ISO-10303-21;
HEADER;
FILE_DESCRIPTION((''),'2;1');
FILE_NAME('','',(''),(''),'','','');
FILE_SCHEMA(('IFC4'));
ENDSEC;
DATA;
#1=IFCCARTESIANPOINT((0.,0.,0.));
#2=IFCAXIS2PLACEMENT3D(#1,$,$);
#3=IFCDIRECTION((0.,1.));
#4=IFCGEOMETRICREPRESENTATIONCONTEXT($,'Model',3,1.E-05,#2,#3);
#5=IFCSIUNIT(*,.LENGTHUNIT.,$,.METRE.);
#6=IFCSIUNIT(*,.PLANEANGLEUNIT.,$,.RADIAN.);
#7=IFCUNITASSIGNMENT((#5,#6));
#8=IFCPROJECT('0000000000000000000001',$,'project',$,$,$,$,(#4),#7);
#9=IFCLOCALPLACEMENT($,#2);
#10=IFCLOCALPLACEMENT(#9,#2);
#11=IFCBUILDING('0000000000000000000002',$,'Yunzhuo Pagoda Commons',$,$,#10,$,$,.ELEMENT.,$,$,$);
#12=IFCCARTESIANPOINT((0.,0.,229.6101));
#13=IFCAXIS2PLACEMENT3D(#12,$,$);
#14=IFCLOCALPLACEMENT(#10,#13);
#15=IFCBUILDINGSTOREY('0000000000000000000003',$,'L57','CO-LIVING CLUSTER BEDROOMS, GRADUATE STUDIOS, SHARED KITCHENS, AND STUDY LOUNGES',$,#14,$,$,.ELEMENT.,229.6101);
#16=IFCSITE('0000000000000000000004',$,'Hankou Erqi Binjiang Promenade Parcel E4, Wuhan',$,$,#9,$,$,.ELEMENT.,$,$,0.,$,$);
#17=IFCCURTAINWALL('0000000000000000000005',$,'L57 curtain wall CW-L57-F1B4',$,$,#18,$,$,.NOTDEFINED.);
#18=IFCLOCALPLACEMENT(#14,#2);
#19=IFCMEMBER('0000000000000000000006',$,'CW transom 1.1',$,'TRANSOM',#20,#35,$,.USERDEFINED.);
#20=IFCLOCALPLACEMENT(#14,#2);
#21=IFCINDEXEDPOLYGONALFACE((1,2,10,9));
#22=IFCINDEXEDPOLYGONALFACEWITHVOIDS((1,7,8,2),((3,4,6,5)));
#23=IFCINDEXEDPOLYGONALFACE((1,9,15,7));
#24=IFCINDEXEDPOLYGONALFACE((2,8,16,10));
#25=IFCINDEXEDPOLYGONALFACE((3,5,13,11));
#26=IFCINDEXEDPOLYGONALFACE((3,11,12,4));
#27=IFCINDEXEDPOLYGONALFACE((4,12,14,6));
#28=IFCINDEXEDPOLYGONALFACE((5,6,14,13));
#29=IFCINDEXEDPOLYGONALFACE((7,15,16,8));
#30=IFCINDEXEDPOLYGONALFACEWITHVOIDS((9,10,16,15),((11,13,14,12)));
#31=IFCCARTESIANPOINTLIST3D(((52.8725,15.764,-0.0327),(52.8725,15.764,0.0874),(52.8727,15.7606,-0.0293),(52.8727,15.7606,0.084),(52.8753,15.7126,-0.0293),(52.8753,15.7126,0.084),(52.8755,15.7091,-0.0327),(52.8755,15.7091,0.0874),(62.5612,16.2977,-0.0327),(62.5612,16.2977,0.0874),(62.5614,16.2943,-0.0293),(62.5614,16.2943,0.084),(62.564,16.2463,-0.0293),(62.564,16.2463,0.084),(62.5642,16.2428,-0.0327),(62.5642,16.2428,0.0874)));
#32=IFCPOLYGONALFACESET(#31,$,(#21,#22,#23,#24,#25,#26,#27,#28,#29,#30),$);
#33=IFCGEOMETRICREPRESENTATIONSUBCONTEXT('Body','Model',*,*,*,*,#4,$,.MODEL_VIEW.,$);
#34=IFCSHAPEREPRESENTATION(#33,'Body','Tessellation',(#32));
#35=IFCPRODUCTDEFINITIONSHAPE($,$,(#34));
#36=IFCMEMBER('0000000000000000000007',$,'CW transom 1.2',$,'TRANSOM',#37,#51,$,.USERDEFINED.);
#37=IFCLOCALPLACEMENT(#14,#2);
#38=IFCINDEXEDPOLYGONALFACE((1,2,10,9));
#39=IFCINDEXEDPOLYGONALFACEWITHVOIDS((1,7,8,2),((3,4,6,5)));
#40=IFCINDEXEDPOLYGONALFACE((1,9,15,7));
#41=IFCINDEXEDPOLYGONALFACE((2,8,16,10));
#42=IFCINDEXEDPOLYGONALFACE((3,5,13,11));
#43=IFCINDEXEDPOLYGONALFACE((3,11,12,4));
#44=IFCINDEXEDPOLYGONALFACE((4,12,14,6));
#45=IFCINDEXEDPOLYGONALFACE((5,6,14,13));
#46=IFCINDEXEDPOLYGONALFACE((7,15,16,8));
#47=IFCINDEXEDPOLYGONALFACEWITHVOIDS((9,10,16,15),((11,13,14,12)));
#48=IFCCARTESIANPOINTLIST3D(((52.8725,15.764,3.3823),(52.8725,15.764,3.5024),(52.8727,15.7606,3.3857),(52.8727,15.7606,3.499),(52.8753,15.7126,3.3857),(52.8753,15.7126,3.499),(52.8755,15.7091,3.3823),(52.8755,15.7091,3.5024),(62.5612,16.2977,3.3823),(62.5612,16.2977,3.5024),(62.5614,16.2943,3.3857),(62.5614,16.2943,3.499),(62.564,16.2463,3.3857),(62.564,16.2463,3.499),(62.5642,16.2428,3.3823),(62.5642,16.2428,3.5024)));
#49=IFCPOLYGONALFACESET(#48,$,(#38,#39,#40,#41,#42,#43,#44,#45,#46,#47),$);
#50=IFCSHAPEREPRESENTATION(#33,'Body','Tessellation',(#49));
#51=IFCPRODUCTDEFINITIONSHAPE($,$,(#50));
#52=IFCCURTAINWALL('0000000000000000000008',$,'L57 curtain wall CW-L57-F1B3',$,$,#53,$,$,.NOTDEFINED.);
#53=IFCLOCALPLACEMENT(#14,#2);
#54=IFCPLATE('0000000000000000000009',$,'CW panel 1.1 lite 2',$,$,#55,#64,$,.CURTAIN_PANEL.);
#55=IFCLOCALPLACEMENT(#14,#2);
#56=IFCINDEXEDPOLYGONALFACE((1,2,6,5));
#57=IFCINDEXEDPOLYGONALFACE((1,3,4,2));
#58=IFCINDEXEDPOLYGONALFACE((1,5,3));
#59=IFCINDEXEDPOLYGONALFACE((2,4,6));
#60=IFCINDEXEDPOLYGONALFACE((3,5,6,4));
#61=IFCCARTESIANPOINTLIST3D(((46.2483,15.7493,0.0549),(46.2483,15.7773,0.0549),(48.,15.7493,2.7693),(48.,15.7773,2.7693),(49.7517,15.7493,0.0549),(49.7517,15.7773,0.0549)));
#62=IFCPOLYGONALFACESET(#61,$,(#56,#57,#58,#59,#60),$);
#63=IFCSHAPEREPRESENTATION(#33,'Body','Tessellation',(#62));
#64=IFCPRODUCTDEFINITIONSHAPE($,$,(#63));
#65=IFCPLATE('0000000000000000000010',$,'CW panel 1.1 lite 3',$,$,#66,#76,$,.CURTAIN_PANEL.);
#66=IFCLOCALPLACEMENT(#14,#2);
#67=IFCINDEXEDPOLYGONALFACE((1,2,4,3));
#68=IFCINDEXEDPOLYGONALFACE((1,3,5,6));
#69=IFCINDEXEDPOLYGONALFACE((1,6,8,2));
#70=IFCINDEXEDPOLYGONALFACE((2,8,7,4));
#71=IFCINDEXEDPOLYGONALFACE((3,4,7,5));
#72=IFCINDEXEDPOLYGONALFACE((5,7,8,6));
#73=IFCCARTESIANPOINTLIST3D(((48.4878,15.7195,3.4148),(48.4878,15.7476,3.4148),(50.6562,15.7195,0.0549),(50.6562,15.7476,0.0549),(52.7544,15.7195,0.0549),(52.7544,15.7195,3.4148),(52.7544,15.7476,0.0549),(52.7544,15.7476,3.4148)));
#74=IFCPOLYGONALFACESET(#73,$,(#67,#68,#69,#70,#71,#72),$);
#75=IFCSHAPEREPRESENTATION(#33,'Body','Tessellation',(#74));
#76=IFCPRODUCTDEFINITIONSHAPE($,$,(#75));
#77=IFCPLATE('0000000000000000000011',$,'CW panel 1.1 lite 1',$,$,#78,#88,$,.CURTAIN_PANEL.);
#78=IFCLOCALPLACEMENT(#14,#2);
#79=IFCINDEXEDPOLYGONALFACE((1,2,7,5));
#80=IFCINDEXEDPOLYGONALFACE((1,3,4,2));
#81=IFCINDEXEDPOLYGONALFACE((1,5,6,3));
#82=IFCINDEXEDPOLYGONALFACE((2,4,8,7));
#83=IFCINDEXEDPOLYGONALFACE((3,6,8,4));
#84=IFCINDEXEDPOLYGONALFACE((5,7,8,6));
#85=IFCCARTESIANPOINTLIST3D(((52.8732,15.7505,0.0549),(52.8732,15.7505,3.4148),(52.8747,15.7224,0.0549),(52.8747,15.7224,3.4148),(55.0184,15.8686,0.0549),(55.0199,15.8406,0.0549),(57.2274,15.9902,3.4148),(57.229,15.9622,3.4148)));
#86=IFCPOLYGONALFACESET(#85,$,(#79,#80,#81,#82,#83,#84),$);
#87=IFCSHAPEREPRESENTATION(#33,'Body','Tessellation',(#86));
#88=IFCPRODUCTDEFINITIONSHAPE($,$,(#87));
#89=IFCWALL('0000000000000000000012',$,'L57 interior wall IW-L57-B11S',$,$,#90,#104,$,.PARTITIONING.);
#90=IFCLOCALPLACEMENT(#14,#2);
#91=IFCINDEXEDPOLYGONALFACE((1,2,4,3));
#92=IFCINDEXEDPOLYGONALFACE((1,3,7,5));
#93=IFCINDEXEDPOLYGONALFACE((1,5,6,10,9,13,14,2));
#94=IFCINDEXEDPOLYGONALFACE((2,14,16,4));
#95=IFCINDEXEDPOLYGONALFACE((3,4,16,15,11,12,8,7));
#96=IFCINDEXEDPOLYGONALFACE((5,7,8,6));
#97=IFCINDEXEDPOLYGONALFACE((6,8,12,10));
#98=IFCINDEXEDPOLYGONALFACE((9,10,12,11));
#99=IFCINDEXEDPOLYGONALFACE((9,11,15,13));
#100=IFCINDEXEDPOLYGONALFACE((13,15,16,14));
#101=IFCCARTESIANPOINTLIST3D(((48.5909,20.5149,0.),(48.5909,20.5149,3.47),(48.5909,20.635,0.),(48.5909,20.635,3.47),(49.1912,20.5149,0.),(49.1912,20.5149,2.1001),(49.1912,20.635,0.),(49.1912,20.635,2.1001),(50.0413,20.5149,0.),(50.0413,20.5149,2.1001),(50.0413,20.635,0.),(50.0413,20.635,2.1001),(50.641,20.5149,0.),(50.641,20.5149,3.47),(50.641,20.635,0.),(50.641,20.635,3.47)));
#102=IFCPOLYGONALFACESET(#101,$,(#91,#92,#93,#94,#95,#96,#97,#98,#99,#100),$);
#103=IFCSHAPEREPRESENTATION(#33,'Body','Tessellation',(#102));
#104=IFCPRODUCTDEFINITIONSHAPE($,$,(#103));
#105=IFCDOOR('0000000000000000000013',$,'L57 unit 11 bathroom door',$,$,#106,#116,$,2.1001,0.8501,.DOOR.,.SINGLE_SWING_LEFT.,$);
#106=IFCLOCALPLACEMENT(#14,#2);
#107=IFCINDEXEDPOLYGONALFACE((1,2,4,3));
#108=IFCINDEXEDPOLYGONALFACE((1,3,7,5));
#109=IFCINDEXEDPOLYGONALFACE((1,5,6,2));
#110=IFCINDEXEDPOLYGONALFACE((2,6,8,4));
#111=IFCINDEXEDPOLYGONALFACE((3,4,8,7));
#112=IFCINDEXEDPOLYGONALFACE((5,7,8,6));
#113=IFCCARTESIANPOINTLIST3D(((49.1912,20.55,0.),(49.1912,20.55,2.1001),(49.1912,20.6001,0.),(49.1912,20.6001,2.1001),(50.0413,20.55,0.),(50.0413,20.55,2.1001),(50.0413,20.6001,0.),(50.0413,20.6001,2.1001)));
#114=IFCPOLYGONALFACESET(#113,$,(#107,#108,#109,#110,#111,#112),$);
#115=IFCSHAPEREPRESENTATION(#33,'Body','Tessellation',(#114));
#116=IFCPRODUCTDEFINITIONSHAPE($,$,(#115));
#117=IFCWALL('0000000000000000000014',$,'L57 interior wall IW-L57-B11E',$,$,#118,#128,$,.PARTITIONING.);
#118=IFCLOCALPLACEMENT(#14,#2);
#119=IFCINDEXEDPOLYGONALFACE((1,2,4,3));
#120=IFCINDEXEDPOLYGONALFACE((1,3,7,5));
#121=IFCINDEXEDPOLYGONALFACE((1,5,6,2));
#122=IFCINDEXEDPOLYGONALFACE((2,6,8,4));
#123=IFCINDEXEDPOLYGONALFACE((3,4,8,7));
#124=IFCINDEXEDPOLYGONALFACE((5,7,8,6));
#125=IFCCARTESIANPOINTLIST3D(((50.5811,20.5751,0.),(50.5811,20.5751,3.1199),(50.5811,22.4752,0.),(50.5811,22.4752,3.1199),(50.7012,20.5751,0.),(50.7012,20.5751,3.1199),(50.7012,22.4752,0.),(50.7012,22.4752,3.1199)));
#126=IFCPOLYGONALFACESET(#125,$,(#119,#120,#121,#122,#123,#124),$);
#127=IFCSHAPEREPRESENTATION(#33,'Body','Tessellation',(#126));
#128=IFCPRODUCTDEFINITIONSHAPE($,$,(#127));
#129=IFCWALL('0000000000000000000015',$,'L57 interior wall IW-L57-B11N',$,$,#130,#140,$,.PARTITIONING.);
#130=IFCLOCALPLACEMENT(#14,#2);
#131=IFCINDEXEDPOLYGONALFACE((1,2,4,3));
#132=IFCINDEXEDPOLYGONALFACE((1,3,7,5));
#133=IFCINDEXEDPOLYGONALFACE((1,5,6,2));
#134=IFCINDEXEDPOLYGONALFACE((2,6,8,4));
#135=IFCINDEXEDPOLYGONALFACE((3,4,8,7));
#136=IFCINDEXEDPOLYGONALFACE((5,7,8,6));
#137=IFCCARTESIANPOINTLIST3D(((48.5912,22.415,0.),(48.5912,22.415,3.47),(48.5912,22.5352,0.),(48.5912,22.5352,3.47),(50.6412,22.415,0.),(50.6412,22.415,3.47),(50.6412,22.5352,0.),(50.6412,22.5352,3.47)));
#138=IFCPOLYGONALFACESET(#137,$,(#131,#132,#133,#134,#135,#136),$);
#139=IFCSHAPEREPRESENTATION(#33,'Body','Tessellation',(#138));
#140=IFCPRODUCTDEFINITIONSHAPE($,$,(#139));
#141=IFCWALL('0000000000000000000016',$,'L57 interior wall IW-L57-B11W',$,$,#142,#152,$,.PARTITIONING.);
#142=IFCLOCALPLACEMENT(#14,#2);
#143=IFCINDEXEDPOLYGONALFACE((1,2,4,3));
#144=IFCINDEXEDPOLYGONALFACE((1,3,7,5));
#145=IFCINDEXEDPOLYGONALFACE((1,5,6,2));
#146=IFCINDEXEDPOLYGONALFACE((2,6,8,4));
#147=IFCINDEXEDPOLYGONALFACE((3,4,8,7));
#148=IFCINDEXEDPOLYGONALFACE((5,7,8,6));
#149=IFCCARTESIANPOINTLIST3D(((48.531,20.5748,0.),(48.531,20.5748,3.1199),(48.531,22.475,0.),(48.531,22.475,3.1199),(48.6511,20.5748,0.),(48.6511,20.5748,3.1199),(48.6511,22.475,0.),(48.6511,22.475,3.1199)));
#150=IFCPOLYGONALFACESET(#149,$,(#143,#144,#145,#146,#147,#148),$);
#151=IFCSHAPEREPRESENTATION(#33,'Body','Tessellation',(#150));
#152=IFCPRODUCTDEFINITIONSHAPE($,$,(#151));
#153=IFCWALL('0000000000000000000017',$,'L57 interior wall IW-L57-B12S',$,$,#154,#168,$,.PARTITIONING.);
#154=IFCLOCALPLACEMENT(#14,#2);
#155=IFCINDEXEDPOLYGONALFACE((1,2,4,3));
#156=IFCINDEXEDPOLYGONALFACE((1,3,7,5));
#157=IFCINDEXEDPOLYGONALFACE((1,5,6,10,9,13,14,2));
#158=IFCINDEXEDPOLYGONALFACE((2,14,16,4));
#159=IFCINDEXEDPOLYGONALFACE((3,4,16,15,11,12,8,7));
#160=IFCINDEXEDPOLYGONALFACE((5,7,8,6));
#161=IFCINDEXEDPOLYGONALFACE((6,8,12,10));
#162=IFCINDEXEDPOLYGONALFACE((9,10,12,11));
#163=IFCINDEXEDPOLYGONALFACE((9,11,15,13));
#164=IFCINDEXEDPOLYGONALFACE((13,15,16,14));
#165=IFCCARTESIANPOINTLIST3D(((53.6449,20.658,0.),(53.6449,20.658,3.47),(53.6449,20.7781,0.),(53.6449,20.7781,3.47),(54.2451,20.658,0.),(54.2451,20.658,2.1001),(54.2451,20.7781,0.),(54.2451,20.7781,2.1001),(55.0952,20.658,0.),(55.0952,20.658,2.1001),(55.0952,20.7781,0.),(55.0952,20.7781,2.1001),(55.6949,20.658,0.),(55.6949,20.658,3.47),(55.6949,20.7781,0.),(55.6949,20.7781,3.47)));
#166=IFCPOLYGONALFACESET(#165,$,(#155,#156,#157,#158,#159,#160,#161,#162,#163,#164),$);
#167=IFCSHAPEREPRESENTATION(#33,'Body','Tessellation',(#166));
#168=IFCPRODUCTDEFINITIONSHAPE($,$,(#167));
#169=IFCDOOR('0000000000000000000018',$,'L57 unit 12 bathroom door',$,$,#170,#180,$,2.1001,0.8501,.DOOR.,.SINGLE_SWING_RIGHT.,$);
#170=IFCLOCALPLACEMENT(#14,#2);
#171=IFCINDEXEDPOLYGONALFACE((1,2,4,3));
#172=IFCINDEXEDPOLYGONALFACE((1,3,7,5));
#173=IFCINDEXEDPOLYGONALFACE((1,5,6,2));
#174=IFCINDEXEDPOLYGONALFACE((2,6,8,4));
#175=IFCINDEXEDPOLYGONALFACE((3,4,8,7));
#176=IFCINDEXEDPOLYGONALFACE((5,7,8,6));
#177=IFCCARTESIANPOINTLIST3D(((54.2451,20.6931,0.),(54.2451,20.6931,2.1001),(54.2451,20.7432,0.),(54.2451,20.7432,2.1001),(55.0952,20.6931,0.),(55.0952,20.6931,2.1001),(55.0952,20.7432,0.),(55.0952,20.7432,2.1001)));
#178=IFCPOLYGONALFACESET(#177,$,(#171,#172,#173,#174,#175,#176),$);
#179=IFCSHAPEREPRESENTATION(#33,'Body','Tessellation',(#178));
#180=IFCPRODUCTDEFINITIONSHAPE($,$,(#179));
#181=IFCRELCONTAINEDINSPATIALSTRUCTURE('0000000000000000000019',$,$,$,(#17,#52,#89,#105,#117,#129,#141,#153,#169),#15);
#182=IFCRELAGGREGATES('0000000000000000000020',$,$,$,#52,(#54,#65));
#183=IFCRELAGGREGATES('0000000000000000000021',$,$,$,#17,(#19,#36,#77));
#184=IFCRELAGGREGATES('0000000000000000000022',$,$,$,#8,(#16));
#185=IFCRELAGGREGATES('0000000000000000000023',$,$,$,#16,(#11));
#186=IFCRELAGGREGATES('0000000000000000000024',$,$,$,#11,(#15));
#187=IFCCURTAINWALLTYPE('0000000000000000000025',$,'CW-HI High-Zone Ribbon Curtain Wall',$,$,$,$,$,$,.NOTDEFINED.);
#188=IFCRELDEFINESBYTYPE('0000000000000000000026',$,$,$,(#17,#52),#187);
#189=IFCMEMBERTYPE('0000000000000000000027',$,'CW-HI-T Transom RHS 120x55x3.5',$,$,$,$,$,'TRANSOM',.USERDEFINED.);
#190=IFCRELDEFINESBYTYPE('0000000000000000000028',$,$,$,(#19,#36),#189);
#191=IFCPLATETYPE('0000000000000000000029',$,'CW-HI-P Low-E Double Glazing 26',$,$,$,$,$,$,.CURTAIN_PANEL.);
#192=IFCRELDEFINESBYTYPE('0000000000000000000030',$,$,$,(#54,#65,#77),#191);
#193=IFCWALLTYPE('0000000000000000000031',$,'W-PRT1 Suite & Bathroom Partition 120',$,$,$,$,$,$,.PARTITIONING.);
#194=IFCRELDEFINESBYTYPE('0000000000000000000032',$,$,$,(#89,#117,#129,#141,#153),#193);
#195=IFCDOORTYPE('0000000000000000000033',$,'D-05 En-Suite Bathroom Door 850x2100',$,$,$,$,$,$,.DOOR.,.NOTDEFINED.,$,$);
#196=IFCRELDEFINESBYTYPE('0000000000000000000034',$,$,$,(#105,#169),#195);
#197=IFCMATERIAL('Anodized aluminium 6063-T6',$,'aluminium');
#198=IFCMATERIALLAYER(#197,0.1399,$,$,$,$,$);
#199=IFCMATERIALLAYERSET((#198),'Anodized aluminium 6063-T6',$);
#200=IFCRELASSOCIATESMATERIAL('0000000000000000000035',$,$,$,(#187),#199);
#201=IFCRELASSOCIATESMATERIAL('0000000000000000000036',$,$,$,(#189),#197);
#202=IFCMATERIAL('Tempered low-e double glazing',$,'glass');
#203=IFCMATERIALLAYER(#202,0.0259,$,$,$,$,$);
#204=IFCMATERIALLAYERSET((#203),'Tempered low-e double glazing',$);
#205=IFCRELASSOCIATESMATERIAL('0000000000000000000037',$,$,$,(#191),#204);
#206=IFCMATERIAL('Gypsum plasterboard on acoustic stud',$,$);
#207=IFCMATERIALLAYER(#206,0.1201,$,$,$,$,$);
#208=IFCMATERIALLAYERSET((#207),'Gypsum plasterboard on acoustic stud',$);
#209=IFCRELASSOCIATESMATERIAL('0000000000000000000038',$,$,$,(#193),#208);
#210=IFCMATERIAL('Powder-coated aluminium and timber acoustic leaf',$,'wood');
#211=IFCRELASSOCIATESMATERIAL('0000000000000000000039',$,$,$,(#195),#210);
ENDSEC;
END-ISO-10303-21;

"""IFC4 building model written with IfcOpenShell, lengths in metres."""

from ifc_helpers import new_model, si_unit, direction, frame, frame_2d, origin, origin_2d, place, context, subcontext, project, spatial, polyline, rectangle, hollow_rectangle, outline, extrude, source, transform, mapped, material, layer, layer_set, material_profile, profile_set, type_object, element, fill, aggregate, save


model = new_model("IFC4")

# Units and contexts
model_context = context("Model", 3, precision=1e-05, world=origin(), true_north=direction((0.0, 1.0)))
body_context = subcontext(model_context, "Body", "Model", "MODEL_VIEW")
ifc_project = project(units=[si_unit("LENGTHUNIT", "METRE"), si_unit("PLANEANGLEUNIT", "RADIAN")], contexts=[model_context])

# Site, building, storey
site_placement = place(None, origin())
site = spatial("IfcSite", under=ifc_project, at=site_placement, Name="Hankou Erqi Binjiang Promenade Parcel E4, Wuhan", CompositionType="ELEMENT", RefElevation=0.0)
building_placement = place(site_placement, origin())
building = spatial("IfcBuilding", under=site, at=building_placement, Name="Yunzhuo Pagoda Commons", CompositionType="ELEMENT")
storey_placement = place(building_placement, frame((0.0, 0.0, 229.6101)))
storey = spatial("IfcBuildingStorey", under=building, at=storey_placement, Name="L57", Description="CO-LIVING CLUSTER BEDROOMS, GRADUATE STUDIOS, SHARED KITCHENS, AND STUDY LOUNGES", CompositionType="ELEMENT", Elevation=229.6101)

# Curtain wall, members
ifc_material_1 = material(Name="Anodized aluminium 6063-T6", Category="aluminium")
ifc_layer_1 = layer(ifc_material_1, 0.1399)
ifc_layer_set_1 = layer_set([ifc_layer_1], Name="Anodized aluminium 6063-T6")
curtain_wall_type = type_object("IfcCurtainWallType", Name="CW-HI High-Zone Ribbon Curtain Wall", PredefinedType="NOTDEFINED", material=ifc_layer_set_1)
curtain_wall_1_placement = place(storey_placement, origin())
curtain_wall_1 = element("IfcCurtainWall", 1, at=curtain_wall_1_placement, inside=storey, type_object=curtain_wall_type, Name="L57 curtain wall CW-L57-F1B4", PredefinedType="NOTDEFINED")
ifc_material_profile_1 = material_profile(ifc_material_1, hollow_rectangle(XDim=0.0549, YDim=0.1201, WallThickness=0.0034, at=origin_2d()), Name="Anodized aluminium 6063-T6")
ifc_profile_set_1 = profile_set([ifc_material_profile_1], Name="Anodized aluminium 6063-T6")
member_type_1 = type_object("IfcMemberType", Name="CW-HI-T Transom RHS 120x55x3.5", ElementType="TRANSOM", PredefinedType="USERDEFINED", material=ifc_profile_set_1)
shared_shape_1 = source(origin(), body_context, "Body", "SweptSolid", [
    extrude(hollow_rectangle(XDim=0.0549, YDim=0.1201, WallThickness=0.0034, at=origin_2d()), origin(), (0.0, 0.0, 1.0), 9.7034),
])
member_1_placement = place(storey_placement, frame((52.874, 15.7366, 0.0273), z_axis=(0.998486, 0.055, 0.0), x_axis=(-0.055, 0.998486, 0.0)))
member_1 = element("IfcMember", 2, at=member_1_placement, type_object=member_type_1, Name="CW transom 1.1", ObjectType="TRANSOM", PredefinedType="USERDEFINED", context=body_context, shape_type="MappedRepresentation", body=[
    mapped(shared_shape_1, transform((0.0, 0.0, 0.0), scale=1.0)),
])
member_2_placement = place(storey_placement, frame((52.874, 15.7366, 3.4424), z_axis=(0.998486, 0.055, 0.0), x_axis=(-0.055, 0.998486, 0.0)))
member_2 = element("IfcMember", 3, at=member_2_placement, type_object=member_type_1, Name="CW transom 1.2", ObjectType="TRANSOM", PredefinedType="USERDEFINED", context=body_context, shape_type="MappedRepresentation", body=[
    mapped(shared_shape_1, transform((0.0, 0.0, 0.0), scale=1.0)),
])

# Curtain wall, plates
curtain_wall_2_placement = place(storey_placement, origin())
curtain_wall_2 = element("IfcCurtainWall", 4, at=curtain_wall_2_placement, inside=storey, type_object=curtain_wall_type, Name="L57 curtain wall CW-L57-F1B3", PredefinedType="NOTDEFINED")
ifc_material_2 = material(Name="Tempered low-e double glazing", Category="glass")
ifc_layer_2 = layer(ifc_material_2, 0.0259)
ifc_layer_set_2 = layer_set([ifc_layer_2], Name="Tempered low-e double glazing")
plate_type = type_object("IfcPlateType", Name="CW-HI-P Low-E Double Glazing 26", PredefinedType="CURTAIN_PANEL", material=ifc_layer_set_2)
plate_1_placement = place(storey_placement, frame((48.0, 15.7773, 1.4121), z_axis=(0.0, -1.0, 0.0), x_axis=(1.0, 0.0, 0.0)))
plate_1 = element("IfcPlate", 5, at=plate_1_placement, type_object=plate_type, Name="CW panel 1.1 lite 2", PredefinedType="CURTAIN_PANEL", context=body_context, shape_type="SweptSolid", body=[
    extrude(outline(polyline([(-1.7517, -1.3572), (1.7517, -1.3572), (0.0, 1.3572), (-1.7517, -1.3572)])), origin(), (0.0, 0.0, 1.0), 0.0281),
])
plate_2_placement = place(storey_placement, frame((50.6211, 15.7476, 1.7349), z_axis=(0.0, -1.0, 0.0), x_axis=(1.0, 0.0, 0.0)))
plate_2 = element("IfcPlate", 6, at=plate_2_placement, type_object=plate_type, Name="CW panel 1.1 lite 3", PredefinedType="CURTAIN_PANEL", context=body_context, shape_type="SweptSolid", body=[
    extrude(outline(polyline([(-2.1333, 1.6799), (0.0352, -1.6799), (2.1333, -1.6799), (2.1333, 1.6799), (-2.1333, 1.6799)])), origin(), (0.0, 0.0, 1.0), 0.0281),
])
aggregate(curtain_wall_2, [plate_1, plate_2])

# Plate
plate_3_placement = place(storey_placement, frame((55.0503, 15.8704, 1.7349), z_axis=(0.054981, -0.998487, 0.0), x_axis=(0.998487, 0.054981, 0.0)))
plate_3 = element("IfcPlate", 7, at=plate_3_placement, type_object=plate_type, Name="CW panel 1.1 lite 1", PredefinedType="CURTAIN_PANEL", context=body_context, shape_type="SweptSolid", body=[
    extrude(outline(polyline([(-2.1804, -1.6799), (-0.032, -1.6799), (2.1804, 1.6799), (-2.1804, 1.6799), (-2.1804, -1.6799)])), origin(), (0.0, 0.0, 1.0), 0.0281),
])
aggregate(curtain_wall_1, [member_1, member_2, plate_3])

# Wall, opening, door
ifc_material_3 = material(Name="Gypsum plasterboard on acoustic stud")
ifc_layer_3 = layer(ifc_material_3, 0.1201)
ifc_layer_set_3 = layer_set([ifc_layer_3], Name="Gypsum plasterboard on acoustic stud")
wall_type = type_object("IfcWallType", Name="W-PRT1 Suite & Bathroom Partition 120", PredefinedType="PARTITIONING", material=ifc_layer_set_3)
wall_1_placement = place(storey_placement, frame((48.5911, 20.575, 0.0), z_axis=(0.0, 0.0, 1.0), x_axis=(1.0, 0.0, 0.0)))
wall_1 = element("IfcWall", 8, at=wall_1_placement, inside=storey, type_object=wall_type, Name="L57 interior wall IW-L57-B11S", PredefinedType="PARTITIONING", context=body_context, shape_type="SweptSolid", body=[
    extrude(rectangle(XDim=2.05, YDim=0.1201, at=frame_2d((1.0249, 0.0))), origin(), (0.0, 0.0, 1.0), 3.47),
])
opening_1_placement = place(wall_1_placement, frame((0.6001, 0.0, 0.0)))
opening_1 = element("IfcOpeningElement", 9, at=opening_1_placement, cuts=wall_1, PredefinedType="OPENING", context=body_context, shape_type="SweptSolid", body=[
    extrude(rectangle(XDim=0.8501, YDim=2.1001, at=frame_2d((0.425, 1.05))), frame((0.0, 0.0701, 0.0), z_axis=(0.0, -1.0, 0.0), x_axis=(1.0, 0.0, 0.0)), (0.0, 0.0, 1.0), 0.1401),
])
ifc_material_4 = material(Name="Powder-coated aluminium and timber acoustic leaf", Category="wood")
door_type = type_object("IfcDoorType", Name="D-05 En-Suite Bathroom Door 850x2100", OperationType="NOTDEFINED", PredefinedType="DOOR", material=ifc_material_4)
shared_shape_2 = source(origin(), body_context, "Body", "SweptSolid", [
    extrude(rectangle(XDim=0.8501, YDim=2.1001, at=frame_2d((0.425, 1.05))), frame((0.0, 0.0249, 0.0), z_axis=(0.0, -1.0, 0.0), x_axis=(1.0, 0.0, 0.0)), (0.0, 0.0, 1.0), 0.05),
])
door_1_placement = place(opening_1_placement, frame((0.8501, 0.0, 0.0), z_axis=(0.0, 0.0, 1.0), x_axis=(-1.0, 0.0, 0.0)))
door_1 = element("IfcDoor", 10, at=door_1_placement, inside=storey, type_object=door_type, Name="L57 unit 11 bathroom door", OperationType="SINGLE_SWING_LEFT", OverallHeight=2.1001, OverallWidth=0.8501, PredefinedType="DOOR", context=body_context, shape_type="MappedRepresentation", body=[
    mapped(shared_shape_2, transform((0.0, 0.0, 0.0), scale=1.0)),
])
fill(opening_1, door_1)

# Walls
wall_2_placement = place(storey_placement, frame((50.6411, 20.575, 0.0), z_axis=(0.0, 0.0, 1.0), x_axis=(0.0, 1.0, 0.0)))
element("IfcWall", 11, at=wall_2_placement, inside=storey, type_object=wall_type, Name="L57 interior wall IW-L57-B11E", PredefinedType="PARTITIONING", context=body_context, shape_type="SweptSolid", body=[
    extrude(rectangle(XDim=1.9001, YDim=0.1201, at=frame_2d((0.9502, 0.0))), origin(), (0.0, 0.0, 1.0), 3.1199),
])
wall_3_placement = place(storey_placement, frame((50.6411, 22.4751, 0.0), z_axis=(0.0, 0.0, 1.0), x_axis=(-1.0, 0.0, 0.0)))
element("IfcWall", 12, at=wall_3_placement, inside=storey, type_object=wall_type, Name="L57 interior wall IW-L57-B11N", PredefinedType="PARTITIONING", context=body_context, shape_type="SweptSolid", body=[
    extrude(rectangle(XDim=2.05, YDim=0.1201, at=frame_2d((1.0249, 0.0))), origin(), (0.0, 0.0, 1.0), 3.47),
])
wall_4_placement = place(storey_placement, frame((48.5911, 22.4751, 0.0), z_axis=(0.0, 0.0, 1.0), x_axis=(0.0, -1.0, 0.0)))
element("IfcWall", 13, at=wall_4_placement, inside=storey, type_object=wall_type, Name="L57 interior wall IW-L57-B11W", PredefinedType="PARTITIONING", context=body_context, shape_type="SweptSolid", body=[
    extrude(rectangle(XDim=1.9001, YDim=0.1201, at=frame_2d((0.9502, 0.0))), origin(), (0.0, 0.0, 1.0), 3.1199),
])

# Wall, opening, door
wall_5_placement = place(storey_placement, frame((53.645, 20.718, 0.0), z_axis=(0.0, 0.0, 1.0), x_axis=(1.0, 0.0, 0.0)))
wall_5 = element("IfcWall", 14, at=wall_5_placement, inside=storey, type_object=wall_type, Name="L57 interior wall IW-L57-B12S", PredefinedType="PARTITIONING", context=body_context, shape_type="SweptSolid", body=[
    extrude(rectangle(XDim=2.05, YDim=0.1201, at=frame_2d((1.0249, 0.0))), origin(), (0.0, 0.0, 1.0), 3.47),
])
opening_2_placement = place(wall_5_placement, frame((0.6001, 0.0, 0.0)))
opening_2 = element("IfcOpeningElement", 15, at=opening_2_placement, cuts=wall_5, PredefinedType="OPENING", context=body_context, shape_type="SweptSolid", body=[
    extrude(rectangle(XDim=0.8501, YDim=2.1001, at=frame_2d((0.425, 1.05))), frame((0.0, 0.0701, 0.0), z_axis=(0.0, -1.0, 0.0), x_axis=(1.0, 0.0, 0.0)), (0.0, 0.0, 1.0), 0.1401),
])
door_2_placement = place(opening_2_placement, frame((0.8501, 0.0, 0.0), z_axis=(0.0, 0.0, 1.0), x_axis=(-1.0, 0.0, 0.0)))
door_2 = element("IfcDoor", 16, at=door_2_placement, inside=storey, type_object=door_type, Name="L57 unit 12 bathroom door", OperationType="SINGLE_SWING_RIGHT", OverallHeight=2.1001, OverallWidth=0.8501, PredefinedType="DOOR", context=body_context, shape_type="MappedRepresentation", body=[
    mapped(shared_shape_2, transform((0.0, 0.0, 0.0), scale=1.0)),
])
fill(opening_2, door_2)

save(model, "model.ifc")
